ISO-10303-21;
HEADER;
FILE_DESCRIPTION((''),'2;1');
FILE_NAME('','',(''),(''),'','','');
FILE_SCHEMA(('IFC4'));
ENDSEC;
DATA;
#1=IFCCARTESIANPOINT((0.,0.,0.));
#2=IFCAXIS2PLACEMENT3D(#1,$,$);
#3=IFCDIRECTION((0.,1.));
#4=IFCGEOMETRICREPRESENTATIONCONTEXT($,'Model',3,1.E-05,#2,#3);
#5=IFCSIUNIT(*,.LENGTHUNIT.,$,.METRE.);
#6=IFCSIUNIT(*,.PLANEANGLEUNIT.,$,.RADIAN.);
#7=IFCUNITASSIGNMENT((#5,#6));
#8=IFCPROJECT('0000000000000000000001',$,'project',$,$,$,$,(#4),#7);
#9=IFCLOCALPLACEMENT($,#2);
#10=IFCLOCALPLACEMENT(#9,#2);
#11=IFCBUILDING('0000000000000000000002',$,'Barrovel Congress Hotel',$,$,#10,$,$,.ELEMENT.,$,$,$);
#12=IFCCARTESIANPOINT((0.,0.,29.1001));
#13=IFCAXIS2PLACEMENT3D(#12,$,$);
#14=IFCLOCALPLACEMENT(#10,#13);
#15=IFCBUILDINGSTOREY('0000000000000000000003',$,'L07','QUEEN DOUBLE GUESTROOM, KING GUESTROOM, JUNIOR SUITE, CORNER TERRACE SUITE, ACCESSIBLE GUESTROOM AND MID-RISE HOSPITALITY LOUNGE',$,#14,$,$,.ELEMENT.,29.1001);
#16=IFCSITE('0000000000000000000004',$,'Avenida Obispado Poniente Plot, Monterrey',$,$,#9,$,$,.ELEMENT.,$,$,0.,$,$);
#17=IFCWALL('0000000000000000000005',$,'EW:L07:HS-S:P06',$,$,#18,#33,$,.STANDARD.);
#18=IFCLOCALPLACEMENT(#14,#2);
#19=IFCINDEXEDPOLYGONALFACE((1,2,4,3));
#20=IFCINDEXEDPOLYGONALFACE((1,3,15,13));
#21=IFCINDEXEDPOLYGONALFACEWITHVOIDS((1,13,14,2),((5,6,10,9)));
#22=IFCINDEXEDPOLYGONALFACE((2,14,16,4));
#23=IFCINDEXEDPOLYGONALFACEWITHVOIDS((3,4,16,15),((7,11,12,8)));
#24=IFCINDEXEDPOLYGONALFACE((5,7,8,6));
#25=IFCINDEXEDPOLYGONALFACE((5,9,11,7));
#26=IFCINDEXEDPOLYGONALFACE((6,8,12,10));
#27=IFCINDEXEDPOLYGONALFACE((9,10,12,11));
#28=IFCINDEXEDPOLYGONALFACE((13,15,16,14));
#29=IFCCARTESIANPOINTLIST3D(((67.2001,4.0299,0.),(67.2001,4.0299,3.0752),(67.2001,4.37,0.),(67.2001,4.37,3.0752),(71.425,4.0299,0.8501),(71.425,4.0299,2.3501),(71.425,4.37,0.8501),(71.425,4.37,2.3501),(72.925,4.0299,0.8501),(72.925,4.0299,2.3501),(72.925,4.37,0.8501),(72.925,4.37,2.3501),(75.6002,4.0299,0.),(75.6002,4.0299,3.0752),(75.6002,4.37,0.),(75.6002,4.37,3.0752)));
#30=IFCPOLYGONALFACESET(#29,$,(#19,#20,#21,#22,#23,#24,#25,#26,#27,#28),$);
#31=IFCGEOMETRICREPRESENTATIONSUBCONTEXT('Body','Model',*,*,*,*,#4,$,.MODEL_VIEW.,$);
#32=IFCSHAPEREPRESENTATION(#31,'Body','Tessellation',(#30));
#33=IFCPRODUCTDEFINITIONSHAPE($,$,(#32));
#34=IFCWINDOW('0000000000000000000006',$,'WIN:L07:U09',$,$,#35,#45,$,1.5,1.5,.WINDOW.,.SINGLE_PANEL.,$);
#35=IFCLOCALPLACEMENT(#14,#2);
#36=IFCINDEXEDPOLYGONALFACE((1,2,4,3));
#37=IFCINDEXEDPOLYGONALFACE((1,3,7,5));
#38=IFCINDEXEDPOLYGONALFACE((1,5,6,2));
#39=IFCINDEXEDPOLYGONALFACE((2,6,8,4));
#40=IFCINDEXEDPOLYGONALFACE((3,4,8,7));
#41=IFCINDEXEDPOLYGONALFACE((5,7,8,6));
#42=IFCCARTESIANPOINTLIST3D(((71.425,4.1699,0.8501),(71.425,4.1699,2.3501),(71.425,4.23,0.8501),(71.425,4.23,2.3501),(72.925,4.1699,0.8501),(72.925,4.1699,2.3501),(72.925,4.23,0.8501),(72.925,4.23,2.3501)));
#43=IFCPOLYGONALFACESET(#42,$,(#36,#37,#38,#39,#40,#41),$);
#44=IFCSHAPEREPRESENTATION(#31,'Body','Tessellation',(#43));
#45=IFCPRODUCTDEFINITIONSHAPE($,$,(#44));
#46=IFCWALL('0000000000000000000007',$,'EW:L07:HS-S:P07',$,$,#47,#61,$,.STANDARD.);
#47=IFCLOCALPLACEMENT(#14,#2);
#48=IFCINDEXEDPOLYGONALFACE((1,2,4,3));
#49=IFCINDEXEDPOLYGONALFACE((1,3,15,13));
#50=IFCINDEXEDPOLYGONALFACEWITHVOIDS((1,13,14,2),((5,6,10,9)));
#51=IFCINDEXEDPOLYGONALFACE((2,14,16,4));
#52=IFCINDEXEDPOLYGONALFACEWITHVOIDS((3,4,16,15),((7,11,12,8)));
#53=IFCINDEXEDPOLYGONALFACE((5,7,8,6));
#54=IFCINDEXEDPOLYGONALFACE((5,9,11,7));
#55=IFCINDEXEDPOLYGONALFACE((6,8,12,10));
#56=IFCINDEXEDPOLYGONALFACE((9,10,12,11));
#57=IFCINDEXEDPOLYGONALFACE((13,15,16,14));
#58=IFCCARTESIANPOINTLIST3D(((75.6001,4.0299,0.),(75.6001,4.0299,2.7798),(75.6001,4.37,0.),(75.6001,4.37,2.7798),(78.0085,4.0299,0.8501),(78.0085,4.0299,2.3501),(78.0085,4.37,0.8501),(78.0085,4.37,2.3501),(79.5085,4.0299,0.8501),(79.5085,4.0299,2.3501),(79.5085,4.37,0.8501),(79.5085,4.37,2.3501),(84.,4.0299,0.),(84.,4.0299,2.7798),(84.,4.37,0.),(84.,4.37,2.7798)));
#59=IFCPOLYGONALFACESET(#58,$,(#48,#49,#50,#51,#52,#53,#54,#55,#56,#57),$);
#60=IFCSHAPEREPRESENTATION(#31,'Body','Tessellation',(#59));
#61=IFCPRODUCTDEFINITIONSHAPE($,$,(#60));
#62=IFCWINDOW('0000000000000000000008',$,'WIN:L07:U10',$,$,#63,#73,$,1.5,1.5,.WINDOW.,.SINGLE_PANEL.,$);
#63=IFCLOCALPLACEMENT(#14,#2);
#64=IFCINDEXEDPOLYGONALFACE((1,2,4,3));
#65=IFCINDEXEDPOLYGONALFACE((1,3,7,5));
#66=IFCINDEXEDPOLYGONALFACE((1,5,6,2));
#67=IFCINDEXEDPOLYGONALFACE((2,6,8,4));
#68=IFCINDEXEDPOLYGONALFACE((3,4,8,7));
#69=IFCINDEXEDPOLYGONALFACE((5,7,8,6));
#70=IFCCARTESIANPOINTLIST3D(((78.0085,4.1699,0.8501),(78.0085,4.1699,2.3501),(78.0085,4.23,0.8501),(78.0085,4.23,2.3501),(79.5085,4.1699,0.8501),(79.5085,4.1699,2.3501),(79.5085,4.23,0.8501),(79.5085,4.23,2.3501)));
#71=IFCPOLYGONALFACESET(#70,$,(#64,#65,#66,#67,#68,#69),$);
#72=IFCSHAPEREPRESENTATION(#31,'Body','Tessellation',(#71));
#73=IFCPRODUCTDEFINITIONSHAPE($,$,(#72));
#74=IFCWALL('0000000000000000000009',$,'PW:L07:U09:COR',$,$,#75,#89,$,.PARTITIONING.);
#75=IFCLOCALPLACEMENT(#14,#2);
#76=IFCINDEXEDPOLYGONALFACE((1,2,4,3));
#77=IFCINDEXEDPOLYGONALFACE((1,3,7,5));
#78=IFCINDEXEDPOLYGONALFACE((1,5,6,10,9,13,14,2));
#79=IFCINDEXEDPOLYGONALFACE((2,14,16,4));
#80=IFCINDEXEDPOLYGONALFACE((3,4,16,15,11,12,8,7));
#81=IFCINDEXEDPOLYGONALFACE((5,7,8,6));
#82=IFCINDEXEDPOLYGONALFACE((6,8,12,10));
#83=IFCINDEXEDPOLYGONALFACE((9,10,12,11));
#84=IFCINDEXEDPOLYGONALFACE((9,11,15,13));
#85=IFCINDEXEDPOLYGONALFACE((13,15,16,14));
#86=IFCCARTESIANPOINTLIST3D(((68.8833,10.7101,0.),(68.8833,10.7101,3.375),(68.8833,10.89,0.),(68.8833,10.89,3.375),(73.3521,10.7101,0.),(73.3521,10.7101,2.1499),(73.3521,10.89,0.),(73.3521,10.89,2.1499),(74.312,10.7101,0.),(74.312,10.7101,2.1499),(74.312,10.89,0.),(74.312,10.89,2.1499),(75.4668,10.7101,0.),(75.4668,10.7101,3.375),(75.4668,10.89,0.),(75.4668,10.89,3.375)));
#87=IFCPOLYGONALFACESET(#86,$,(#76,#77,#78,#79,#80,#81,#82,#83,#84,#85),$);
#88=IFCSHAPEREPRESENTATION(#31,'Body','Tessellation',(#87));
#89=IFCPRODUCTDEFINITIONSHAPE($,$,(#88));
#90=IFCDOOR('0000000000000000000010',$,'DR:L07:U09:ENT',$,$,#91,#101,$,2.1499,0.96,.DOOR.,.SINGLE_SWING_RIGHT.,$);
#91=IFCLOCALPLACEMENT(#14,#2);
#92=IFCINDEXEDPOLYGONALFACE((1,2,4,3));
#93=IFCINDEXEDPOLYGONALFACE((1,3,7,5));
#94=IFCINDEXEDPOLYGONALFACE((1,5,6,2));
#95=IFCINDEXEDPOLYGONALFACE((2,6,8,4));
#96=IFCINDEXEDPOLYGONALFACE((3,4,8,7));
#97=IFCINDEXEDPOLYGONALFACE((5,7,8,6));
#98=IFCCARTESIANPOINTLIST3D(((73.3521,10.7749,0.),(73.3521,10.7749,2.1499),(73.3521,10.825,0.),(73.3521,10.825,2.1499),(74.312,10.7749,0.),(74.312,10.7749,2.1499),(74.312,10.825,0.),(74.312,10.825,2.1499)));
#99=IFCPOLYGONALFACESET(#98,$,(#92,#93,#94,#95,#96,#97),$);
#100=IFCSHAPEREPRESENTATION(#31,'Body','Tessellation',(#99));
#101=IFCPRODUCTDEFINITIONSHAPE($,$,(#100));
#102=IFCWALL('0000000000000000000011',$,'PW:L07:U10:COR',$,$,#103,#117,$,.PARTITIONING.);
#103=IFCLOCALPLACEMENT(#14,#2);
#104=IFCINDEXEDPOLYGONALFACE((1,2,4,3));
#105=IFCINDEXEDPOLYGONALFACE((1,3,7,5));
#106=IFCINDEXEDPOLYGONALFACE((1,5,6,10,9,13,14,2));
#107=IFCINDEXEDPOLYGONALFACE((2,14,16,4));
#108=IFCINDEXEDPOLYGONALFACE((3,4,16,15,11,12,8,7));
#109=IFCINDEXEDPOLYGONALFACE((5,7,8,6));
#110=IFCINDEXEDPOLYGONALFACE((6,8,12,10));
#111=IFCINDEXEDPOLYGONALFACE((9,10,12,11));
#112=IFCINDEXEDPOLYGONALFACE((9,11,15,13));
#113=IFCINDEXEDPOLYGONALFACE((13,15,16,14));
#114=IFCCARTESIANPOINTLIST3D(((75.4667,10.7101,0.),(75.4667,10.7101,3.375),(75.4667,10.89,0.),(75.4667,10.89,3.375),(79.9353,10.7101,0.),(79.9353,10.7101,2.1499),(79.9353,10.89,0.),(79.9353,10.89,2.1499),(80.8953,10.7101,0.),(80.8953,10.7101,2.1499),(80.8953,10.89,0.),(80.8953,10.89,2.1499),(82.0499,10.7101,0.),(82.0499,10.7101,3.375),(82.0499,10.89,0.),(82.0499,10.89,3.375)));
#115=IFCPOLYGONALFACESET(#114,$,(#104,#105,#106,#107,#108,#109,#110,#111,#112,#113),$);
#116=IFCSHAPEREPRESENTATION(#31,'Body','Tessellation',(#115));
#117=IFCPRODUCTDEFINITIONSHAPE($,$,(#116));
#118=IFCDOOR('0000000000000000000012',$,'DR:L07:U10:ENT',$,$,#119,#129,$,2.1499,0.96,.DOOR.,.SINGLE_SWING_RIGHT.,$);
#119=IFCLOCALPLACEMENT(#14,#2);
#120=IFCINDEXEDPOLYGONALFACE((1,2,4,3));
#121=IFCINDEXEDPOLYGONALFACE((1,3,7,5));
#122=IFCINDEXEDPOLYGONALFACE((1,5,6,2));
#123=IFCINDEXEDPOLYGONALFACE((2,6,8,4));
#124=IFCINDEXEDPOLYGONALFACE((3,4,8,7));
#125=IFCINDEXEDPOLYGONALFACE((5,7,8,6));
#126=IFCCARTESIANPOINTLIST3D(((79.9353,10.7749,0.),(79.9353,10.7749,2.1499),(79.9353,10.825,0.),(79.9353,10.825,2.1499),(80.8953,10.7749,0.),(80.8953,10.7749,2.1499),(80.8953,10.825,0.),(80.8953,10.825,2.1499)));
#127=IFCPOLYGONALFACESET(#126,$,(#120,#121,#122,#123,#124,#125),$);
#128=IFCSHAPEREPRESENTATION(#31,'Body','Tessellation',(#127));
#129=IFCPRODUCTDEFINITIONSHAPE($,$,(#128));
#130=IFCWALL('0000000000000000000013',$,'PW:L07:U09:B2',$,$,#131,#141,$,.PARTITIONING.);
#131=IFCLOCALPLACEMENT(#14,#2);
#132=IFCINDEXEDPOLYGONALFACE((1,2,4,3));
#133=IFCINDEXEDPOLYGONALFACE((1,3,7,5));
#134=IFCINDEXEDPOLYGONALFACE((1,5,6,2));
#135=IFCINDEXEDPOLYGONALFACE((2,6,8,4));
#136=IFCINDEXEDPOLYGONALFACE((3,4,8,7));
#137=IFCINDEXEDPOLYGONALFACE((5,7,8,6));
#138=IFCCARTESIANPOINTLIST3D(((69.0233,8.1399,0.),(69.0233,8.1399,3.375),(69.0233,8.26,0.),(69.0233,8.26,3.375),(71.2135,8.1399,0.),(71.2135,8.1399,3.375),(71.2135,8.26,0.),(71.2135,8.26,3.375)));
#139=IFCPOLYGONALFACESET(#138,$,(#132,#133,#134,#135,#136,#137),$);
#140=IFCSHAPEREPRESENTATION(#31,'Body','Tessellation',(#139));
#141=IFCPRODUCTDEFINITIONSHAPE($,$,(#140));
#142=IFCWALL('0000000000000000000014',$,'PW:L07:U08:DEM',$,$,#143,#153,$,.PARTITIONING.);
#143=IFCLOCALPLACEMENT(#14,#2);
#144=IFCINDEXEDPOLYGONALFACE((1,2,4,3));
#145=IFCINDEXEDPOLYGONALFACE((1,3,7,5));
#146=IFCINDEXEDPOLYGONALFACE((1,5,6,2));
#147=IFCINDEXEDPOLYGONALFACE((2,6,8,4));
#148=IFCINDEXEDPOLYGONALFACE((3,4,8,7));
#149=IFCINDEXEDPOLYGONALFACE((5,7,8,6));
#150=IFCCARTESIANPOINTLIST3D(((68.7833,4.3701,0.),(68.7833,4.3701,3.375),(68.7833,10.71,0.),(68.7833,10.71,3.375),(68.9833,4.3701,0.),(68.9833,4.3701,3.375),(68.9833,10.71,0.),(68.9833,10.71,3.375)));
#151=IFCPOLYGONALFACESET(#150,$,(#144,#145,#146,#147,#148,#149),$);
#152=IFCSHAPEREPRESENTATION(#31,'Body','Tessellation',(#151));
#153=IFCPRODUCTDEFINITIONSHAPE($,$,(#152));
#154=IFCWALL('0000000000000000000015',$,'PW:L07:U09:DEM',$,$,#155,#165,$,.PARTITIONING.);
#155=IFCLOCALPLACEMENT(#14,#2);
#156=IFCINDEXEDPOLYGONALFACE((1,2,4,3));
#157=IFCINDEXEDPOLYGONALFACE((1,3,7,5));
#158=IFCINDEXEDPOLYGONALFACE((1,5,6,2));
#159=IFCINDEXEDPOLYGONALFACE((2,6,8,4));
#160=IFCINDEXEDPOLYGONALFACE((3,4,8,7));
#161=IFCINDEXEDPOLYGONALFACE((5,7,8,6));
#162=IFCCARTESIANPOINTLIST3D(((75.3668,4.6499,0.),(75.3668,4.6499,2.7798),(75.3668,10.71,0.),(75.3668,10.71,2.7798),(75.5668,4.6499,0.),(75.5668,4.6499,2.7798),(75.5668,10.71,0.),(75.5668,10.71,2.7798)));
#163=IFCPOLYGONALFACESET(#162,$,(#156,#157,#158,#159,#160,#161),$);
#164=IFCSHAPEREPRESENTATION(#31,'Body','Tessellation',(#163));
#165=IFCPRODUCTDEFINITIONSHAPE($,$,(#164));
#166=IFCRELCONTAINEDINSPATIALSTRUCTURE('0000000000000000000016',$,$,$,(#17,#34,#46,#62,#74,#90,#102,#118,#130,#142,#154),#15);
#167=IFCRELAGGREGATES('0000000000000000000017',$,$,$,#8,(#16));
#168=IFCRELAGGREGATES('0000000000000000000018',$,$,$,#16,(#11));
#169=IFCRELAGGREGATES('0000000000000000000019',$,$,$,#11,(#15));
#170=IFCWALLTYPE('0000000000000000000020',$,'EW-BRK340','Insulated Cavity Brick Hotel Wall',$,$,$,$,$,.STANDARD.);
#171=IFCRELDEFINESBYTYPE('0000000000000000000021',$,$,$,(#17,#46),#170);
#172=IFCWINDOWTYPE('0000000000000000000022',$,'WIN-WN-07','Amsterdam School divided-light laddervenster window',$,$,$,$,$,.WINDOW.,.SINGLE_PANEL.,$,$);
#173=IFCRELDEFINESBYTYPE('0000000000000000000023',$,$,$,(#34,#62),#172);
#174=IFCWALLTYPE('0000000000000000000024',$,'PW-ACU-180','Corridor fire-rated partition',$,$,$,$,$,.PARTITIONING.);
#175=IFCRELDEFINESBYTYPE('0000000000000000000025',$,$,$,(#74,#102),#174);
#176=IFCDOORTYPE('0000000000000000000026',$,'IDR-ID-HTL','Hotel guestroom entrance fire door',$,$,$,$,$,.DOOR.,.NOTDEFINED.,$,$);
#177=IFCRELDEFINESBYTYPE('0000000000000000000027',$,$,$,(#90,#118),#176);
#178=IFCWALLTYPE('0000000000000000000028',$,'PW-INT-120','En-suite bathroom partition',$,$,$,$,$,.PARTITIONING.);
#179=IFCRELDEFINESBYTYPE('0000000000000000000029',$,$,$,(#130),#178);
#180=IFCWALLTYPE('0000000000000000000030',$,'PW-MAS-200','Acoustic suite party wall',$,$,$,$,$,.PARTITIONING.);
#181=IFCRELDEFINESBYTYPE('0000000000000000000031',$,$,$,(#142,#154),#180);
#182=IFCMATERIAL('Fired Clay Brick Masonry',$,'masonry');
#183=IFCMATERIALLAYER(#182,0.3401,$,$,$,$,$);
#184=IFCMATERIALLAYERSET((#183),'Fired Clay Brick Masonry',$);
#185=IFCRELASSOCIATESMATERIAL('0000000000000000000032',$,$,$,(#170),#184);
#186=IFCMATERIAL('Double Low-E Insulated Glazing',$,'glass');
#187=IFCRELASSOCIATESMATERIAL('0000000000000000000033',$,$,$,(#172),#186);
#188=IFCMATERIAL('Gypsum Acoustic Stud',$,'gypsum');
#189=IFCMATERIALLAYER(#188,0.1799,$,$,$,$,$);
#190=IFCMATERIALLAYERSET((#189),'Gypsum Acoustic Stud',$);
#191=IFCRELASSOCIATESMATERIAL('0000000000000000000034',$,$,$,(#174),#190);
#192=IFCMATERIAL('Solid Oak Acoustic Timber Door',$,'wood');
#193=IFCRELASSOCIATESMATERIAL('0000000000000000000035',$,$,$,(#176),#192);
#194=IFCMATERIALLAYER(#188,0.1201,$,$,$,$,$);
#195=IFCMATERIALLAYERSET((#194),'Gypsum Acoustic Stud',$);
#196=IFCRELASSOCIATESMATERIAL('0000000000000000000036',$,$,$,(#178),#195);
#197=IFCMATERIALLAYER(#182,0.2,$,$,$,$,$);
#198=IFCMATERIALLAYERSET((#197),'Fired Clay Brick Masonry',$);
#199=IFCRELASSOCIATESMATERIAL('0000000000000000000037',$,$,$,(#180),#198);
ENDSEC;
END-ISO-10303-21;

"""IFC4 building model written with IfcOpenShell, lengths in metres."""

from ifc_helpers import new_model, si_unit, direction, frame, frame_2d, origin, place, context, subcontext, project, spatial, rectangle, extrude, material, layer, layer_set, type_object, element, fill, save


model = new_model("IFC4")

# Units and contexts
model_context = context("Model", 3, precision=1e-05, world=origin(), true_north=direction((0.0, 1.0)))
body_context = subcontext(model_context, "Body", "Model", "MODEL_VIEW")
ifc_project = project(units=[si_unit("LENGTHUNIT", "METRE"), si_unit("PLANEANGLEUNIT", "RADIAN")], contexts=[model_context])

# Site, building, storey
site_placement = place(None, origin())
site = spatial("IfcSite", under=ifc_project, at=site_placement, Name="Avenida Obispado Poniente Plot, Monterrey", CompositionType="ELEMENT", RefElevation=0.0)
building_placement = place(site_placement, origin())
building = spatial("IfcBuilding", under=site, at=building_placement, Name="Barrovel Congress Hotel", CompositionType="ELEMENT")
storey_placement = place(building_placement, frame((0.0, 0.0, 29.1001)))
storey = spatial("IfcBuildingStorey", under=building, at=storey_placement, Name="L07", Description="QUEEN DOUBLE GUESTROOM, KING GUESTROOM, JUNIOR SUITE, CORNER TERRACE SUITE, ACCESSIBLE GUESTROOM AND MID-RISE HOSPITALITY LOUNGE", CompositionType="ELEMENT", Elevation=29.1001)

# Walls, openings, windows
ifc_material_1 = material(Name="Fired Clay Brick Masonry", Category="masonry")
ifc_layer_1 = layer(ifc_material_1, 0.3401)
ifc_layer_set_1 = layer_set([ifc_layer_1], Name="Fired Clay Brick Masonry")
wall_type_1 = type_object("IfcWallType", Name="EW-BRK340", Description="Insulated Cavity Brick Hotel Wall", PredefinedType="STANDARD", material=ifc_layer_set_1)
wall_1_placement = place(storey_placement, frame((67.2, 4.2, 0.0), z_axis=(0.0, 0.0, 1.0), x_axis=(1.0, 0.0, 0.0)))
wall_1 = element("IfcWall", 1, at=wall_1_placement, inside=storey, type_object=wall_type_1, Name="EW:L07:HS-S:P06", PredefinedType="STANDARD", context=body_context, shape_type="SweptSolid", body=[
    extrude(rectangle(XDim=8.4001, YDim=0.3401, at=frame_2d((4.2002, 0.0))), origin(), (0.0, 0.0, 1.0), 3.0752),
])
opening_1_placement = place(wall_1_placement, frame((4.2251, 0.0, 0.8501)))
opening_1 = element("IfcOpeningElement", 2, at=opening_1_placement, cuts=wall_1, PredefinedType="OPENING", context=body_context, shape_type="SweptSolid", body=[
    extrude(rectangle(XDim=1.5, YDim=1.5, at=frame_2d((0.75, 0.75))), frame((0.0, 0.1802, 0.0), z_axis=(0.0, -1.0, 0.0), x_axis=(1.0, 0.0, 0.0)), (0.0, 0.0, 1.0), 0.3601),
])
ifc_material_2 = material(Name="Double Low-E Insulated Glazing", Category="glass")
window_type = type_object("IfcWindowType", Name="WIN-WN-07", Description="Amsterdam School divided-light laddervenster window", PartitioningType="SINGLE_PANEL", PredefinedType="WINDOW", material=ifc_material_2)
window_1_placement = place(opening_1_placement, origin())
window_1 = element("IfcWindow", 3, at=window_1_placement, inside=storey, type_object=window_type, Name="WIN:L07:U09", OverallHeight=1.5, OverallWidth=1.5, PartitioningType="SINGLE_PANEL", PredefinedType="WINDOW", context=body_context, shape_type="SweptSolid", body=[
    extrude(rectangle(XDim=1.5, YDim=1.5, at=frame_2d((0.75, 0.75))), frame((0.0, 0.03, 0.0), z_axis=(0.0, -1.0, 0.0), x_axis=(1.0, 0.0, 0.0)), (0.0, 0.0, 1.0), 0.0601),
])
fill(opening_1, window_1)
wall_2_placement = place(storey_placement, frame((75.6001, 4.2, 0.0), z_axis=(0.0, 0.0, 1.0), x_axis=(1.0, 0.0, 0.0)))
wall_2 = element("IfcWall", 4, at=wall_2_placement, inside=storey, type_object=wall_type_1, Name="EW:L07:HS-S:P07", PredefinedType="STANDARD", context=body_context, shape_type="SweptSolid", body=[
    extrude(rectangle(XDim=8.3999, YDim=0.3401, at=frame_2d((4.2, 0.0))), origin(), (0.0, 0.0, 1.0), 2.7798),
])
opening_2_placement = place(wall_2_placement, frame((2.4084, 0.0, 0.8501)))
opening_2 = element("IfcOpeningElement", 5, at=opening_2_placement, cuts=wall_2, PredefinedType="OPENING", context=body_context, shape_type="SweptSolid", body=[
    extrude(rectangle(XDim=1.5, YDim=1.5, at=frame_2d((0.75, 0.75))), frame((0.0, 0.1802, 0.0), z_axis=(0.0, -1.0, 0.0), x_axis=(1.0, 0.0, 0.0)), (0.0, 0.0, 1.0), 0.3601),
])
window_2_placement = place(opening_2_placement, origin())
window_2 = element("IfcWindow", 6, at=window_2_placement, inside=storey, type_object=window_type, Name="WIN:L07:U10", OverallHeight=1.5, OverallWidth=1.5, PartitioningType="SINGLE_PANEL", PredefinedType="WINDOW", context=body_context, shape_type="SweptSolid", body=[
    extrude(rectangle(XDim=1.5, YDim=1.5, at=frame_2d((0.75, 0.75))), frame((0.0, 0.03, 0.0), z_axis=(0.0, -1.0, 0.0), x_axis=(1.0, 0.0, 0.0)), (0.0, 0.0, 1.0), 0.0601),
])
fill(opening_2, window_2)

# Walls, openings, doors
ifc_material_3 = material(Name="Gypsum Acoustic Stud", Category="gypsum")
ifc_layer_2 = layer(ifc_material_3, 0.1799)
ifc_layer_set_2 = layer_set([ifc_layer_2], Name="Gypsum Acoustic Stud")
wall_type_2 = type_object("IfcWallType", Name="PW-ACU-180", Description="Corridor fire-rated partition", PredefinedType="PARTITIONING", material=ifc_layer_set_2)
wall_3_placement = place(storey_placement, frame((68.8833, 10.8, 0.0), z_axis=(0.0, 0.0, 1.0), x_axis=(1.0, 0.0, 0.0)))
wall_3 = element("IfcWall", 7, at=wall_3_placement, inside=storey, type_object=wall_type_2, Name="PW:L07:U09:COR", PredefinedType="PARTITIONING", context=body_context, shape_type="SweptSolid", body=[
    extrude(rectangle(XDim=6.5835, YDim=0.1799, at=frame_2d((3.2917, 0.0))), origin(), (0.0, 0.0, 1.0), 3.375),
])
opening_3_placement = place(wall_3_placement, frame((4.4688, 0.0, 0.0)))
opening_3 = element("IfcOpeningElement", 8, at=opening_3_placement, cuts=wall_3, PredefinedType="OPENING", context=body_context, shape_type="SweptSolid", body=[
    extrude(rectangle(XDim=0.96, YDim=2.1499, at=frame_2d((0.48, 1.075))), frame((0.0, 0.1001, 0.0), z_axis=(0.0, -1.0, 0.0), x_axis=(1.0, 0.0, 0.0)), (0.0, 0.0, 1.0), 0.2),
])
ifc_material_4 = material(Name="Solid Oak Acoustic Timber Door", Category="wood")
door_type_1 = type_object("IfcDoorType", Name="IDR-ID-HTL", Description="Hotel guestroom entrance fire door", OperationType="NOTDEFINED", PredefinedType="DOOR", material=ifc_material_4)
door_1_placement = place(opening_3_placement, origin())
door_1 = element("IfcDoor", 9, at=door_1_placement, inside=storey, type_object=door_type_1, Name="DR:L07:U09:ENT", OperationType="SINGLE_SWING_RIGHT", OverallHeight=2.1499, OverallWidth=0.96, PredefinedType="DOOR", context=body_context, shape_type="SweptSolid", body=[
    extrude(rectangle(XDim=0.96, YDim=2.1499, at=frame_2d((0.48, 1.075))), frame((0.0, 0.0249, 0.0), z_axis=(0.0, -1.0, 0.0), x_axis=(1.0, 0.0, 0.0)), (0.0, 0.0, 1.0), 0.05),
])
fill(opening_3, door_1)
wall_4_placement = place(storey_placement, frame((75.4668, 10.8, 0.0), z_axis=(0.0, 0.0, 1.0), x_axis=(1.0, 0.0, 0.0)))
wall_4 = element("IfcWall", 10, at=wall_4_placement, inside=storey, type_object=wall_type_2, Name="PW:L07:U10:COR", PredefinedType="PARTITIONING", context=body_context, shape_type="SweptSolid", body=[
    extrude(rectangle(XDim=6.5833, YDim=0.1799, at=frame_2d((3.2915, 0.0))), origin(), (0.0, 0.0, 1.0), 3.375),
])
opening_4_placement = place(wall_4_placement, frame((4.4685, 0.0, 0.0)))
opening_4 = element("IfcOpeningElement", 11, at=opening_4_placement, cuts=wall_4, PredefinedType="OPENING", context=body_context, shape_type="SweptSolid", body=[
    extrude(rectangle(XDim=0.96, YDim=2.1499, at=frame_2d((0.48, 1.075))), frame((0.0, 0.1001, 0.0), z_axis=(0.0, -1.0, 0.0), x_axis=(1.0, 0.0, 0.0)), (0.0, 0.0, 1.0), 0.2),
])
door_2_placement = place(opening_4_placement, origin())
door_2 = element("IfcDoor", 12, at=door_2_placement, inside=storey, type_object=door_type_1, Name="DR:L07:U10:ENT", OperationType="SINGLE_SWING_RIGHT", OverallHeight=2.1499, OverallWidth=0.96, PredefinedType="DOOR", context=body_context, shape_type="SweptSolid", body=[
    extrude(rectangle(XDim=0.96, YDim=2.1499, at=frame_2d((0.48, 1.075))), frame((0.0, 0.0249, 0.0), z_axis=(0.0, -1.0, 0.0), x_axis=(1.0, 0.0, 0.0)), (0.0, 0.0, 1.0), 0.05),
])
fill(opening_4, door_2)

# Walls
ifc_layer_3 = layer(ifc_material_3, 0.1201)
ifc_layer_set_3 = layer_set([ifc_layer_3], Name="Gypsum Acoustic Stud")
wall_type_3 = type_object("IfcWallType", Name="PW-INT-120", Description="En-suite bathroom partition", PredefinedType="PARTITIONING", material=ifc_layer_set_3)
wall_5_placement = place(storey_placement, frame((69.0232, 8.2, 0.0), z_axis=(0.0, 0.0, 1.0), x_axis=(1.0, 0.0, 0.0)))
element("IfcWall", 13, at=wall_5_placement, inside=storey, type_object=wall_type_3, Name="PW:L07:U09:B2", PredefinedType="PARTITIONING", context=body_context, shape_type="SweptSolid", body=[
    extrude(rectangle(XDim=2.1902, YDim=0.1201, at=frame_2d((1.0952, 0.0))), origin(), (0.0, 0.0, 1.0), 3.375),
])
ifc_layer_4 = layer(ifc_material_1, 0.2)
ifc_layer_set_4 = layer_set([ifc_layer_4], Name="Fired Clay Brick Masonry")
wall_type_4 = type_object("IfcWallType", Name="PW-MAS-200", Description="Acoustic suite party wall", PredefinedType="PARTITIONING", material=ifc_layer_set_4)
wall_6_placement = place(storey_placement, frame((68.8833, 4.3701, 0.0), z_axis=(0.0, 0.0, 1.0), x_axis=(0.0, 1.0, 0.0)))
element("IfcWall", 14, at=wall_6_placement, inside=storey, type_object=wall_type_4, Name="PW:L07:U08:DEM", PredefinedType="PARTITIONING", context=body_context, shape_type="SweptSolid", body=[
    extrude(rectangle(XDim=6.3398, YDim=0.2, at=frame_2d((3.1699, 0.0))), origin(), (0.0, 0.0, 1.0), 3.375),
])
wall_7_placement = place(storey_placement, frame((75.4668, 4.6499, 0.0), z_axis=(0.0, 0.0, 1.0), x_axis=(0.0, 1.0, 0.0)))
element("IfcWall", 15, at=wall_7_placement, inside=storey, type_object=wall_type_4, Name="PW:L07:U09:DEM", PredefinedType="PARTITIONING", context=body_context, shape_type="SweptSolid", body=[
    extrude(rectangle(XDim=6.0601, YDim=0.2, at=frame_2d((3.03, 0.0))), origin(), (0.0, 0.0, 1.0), 2.7798),
])

save(model, "model.ifc")
